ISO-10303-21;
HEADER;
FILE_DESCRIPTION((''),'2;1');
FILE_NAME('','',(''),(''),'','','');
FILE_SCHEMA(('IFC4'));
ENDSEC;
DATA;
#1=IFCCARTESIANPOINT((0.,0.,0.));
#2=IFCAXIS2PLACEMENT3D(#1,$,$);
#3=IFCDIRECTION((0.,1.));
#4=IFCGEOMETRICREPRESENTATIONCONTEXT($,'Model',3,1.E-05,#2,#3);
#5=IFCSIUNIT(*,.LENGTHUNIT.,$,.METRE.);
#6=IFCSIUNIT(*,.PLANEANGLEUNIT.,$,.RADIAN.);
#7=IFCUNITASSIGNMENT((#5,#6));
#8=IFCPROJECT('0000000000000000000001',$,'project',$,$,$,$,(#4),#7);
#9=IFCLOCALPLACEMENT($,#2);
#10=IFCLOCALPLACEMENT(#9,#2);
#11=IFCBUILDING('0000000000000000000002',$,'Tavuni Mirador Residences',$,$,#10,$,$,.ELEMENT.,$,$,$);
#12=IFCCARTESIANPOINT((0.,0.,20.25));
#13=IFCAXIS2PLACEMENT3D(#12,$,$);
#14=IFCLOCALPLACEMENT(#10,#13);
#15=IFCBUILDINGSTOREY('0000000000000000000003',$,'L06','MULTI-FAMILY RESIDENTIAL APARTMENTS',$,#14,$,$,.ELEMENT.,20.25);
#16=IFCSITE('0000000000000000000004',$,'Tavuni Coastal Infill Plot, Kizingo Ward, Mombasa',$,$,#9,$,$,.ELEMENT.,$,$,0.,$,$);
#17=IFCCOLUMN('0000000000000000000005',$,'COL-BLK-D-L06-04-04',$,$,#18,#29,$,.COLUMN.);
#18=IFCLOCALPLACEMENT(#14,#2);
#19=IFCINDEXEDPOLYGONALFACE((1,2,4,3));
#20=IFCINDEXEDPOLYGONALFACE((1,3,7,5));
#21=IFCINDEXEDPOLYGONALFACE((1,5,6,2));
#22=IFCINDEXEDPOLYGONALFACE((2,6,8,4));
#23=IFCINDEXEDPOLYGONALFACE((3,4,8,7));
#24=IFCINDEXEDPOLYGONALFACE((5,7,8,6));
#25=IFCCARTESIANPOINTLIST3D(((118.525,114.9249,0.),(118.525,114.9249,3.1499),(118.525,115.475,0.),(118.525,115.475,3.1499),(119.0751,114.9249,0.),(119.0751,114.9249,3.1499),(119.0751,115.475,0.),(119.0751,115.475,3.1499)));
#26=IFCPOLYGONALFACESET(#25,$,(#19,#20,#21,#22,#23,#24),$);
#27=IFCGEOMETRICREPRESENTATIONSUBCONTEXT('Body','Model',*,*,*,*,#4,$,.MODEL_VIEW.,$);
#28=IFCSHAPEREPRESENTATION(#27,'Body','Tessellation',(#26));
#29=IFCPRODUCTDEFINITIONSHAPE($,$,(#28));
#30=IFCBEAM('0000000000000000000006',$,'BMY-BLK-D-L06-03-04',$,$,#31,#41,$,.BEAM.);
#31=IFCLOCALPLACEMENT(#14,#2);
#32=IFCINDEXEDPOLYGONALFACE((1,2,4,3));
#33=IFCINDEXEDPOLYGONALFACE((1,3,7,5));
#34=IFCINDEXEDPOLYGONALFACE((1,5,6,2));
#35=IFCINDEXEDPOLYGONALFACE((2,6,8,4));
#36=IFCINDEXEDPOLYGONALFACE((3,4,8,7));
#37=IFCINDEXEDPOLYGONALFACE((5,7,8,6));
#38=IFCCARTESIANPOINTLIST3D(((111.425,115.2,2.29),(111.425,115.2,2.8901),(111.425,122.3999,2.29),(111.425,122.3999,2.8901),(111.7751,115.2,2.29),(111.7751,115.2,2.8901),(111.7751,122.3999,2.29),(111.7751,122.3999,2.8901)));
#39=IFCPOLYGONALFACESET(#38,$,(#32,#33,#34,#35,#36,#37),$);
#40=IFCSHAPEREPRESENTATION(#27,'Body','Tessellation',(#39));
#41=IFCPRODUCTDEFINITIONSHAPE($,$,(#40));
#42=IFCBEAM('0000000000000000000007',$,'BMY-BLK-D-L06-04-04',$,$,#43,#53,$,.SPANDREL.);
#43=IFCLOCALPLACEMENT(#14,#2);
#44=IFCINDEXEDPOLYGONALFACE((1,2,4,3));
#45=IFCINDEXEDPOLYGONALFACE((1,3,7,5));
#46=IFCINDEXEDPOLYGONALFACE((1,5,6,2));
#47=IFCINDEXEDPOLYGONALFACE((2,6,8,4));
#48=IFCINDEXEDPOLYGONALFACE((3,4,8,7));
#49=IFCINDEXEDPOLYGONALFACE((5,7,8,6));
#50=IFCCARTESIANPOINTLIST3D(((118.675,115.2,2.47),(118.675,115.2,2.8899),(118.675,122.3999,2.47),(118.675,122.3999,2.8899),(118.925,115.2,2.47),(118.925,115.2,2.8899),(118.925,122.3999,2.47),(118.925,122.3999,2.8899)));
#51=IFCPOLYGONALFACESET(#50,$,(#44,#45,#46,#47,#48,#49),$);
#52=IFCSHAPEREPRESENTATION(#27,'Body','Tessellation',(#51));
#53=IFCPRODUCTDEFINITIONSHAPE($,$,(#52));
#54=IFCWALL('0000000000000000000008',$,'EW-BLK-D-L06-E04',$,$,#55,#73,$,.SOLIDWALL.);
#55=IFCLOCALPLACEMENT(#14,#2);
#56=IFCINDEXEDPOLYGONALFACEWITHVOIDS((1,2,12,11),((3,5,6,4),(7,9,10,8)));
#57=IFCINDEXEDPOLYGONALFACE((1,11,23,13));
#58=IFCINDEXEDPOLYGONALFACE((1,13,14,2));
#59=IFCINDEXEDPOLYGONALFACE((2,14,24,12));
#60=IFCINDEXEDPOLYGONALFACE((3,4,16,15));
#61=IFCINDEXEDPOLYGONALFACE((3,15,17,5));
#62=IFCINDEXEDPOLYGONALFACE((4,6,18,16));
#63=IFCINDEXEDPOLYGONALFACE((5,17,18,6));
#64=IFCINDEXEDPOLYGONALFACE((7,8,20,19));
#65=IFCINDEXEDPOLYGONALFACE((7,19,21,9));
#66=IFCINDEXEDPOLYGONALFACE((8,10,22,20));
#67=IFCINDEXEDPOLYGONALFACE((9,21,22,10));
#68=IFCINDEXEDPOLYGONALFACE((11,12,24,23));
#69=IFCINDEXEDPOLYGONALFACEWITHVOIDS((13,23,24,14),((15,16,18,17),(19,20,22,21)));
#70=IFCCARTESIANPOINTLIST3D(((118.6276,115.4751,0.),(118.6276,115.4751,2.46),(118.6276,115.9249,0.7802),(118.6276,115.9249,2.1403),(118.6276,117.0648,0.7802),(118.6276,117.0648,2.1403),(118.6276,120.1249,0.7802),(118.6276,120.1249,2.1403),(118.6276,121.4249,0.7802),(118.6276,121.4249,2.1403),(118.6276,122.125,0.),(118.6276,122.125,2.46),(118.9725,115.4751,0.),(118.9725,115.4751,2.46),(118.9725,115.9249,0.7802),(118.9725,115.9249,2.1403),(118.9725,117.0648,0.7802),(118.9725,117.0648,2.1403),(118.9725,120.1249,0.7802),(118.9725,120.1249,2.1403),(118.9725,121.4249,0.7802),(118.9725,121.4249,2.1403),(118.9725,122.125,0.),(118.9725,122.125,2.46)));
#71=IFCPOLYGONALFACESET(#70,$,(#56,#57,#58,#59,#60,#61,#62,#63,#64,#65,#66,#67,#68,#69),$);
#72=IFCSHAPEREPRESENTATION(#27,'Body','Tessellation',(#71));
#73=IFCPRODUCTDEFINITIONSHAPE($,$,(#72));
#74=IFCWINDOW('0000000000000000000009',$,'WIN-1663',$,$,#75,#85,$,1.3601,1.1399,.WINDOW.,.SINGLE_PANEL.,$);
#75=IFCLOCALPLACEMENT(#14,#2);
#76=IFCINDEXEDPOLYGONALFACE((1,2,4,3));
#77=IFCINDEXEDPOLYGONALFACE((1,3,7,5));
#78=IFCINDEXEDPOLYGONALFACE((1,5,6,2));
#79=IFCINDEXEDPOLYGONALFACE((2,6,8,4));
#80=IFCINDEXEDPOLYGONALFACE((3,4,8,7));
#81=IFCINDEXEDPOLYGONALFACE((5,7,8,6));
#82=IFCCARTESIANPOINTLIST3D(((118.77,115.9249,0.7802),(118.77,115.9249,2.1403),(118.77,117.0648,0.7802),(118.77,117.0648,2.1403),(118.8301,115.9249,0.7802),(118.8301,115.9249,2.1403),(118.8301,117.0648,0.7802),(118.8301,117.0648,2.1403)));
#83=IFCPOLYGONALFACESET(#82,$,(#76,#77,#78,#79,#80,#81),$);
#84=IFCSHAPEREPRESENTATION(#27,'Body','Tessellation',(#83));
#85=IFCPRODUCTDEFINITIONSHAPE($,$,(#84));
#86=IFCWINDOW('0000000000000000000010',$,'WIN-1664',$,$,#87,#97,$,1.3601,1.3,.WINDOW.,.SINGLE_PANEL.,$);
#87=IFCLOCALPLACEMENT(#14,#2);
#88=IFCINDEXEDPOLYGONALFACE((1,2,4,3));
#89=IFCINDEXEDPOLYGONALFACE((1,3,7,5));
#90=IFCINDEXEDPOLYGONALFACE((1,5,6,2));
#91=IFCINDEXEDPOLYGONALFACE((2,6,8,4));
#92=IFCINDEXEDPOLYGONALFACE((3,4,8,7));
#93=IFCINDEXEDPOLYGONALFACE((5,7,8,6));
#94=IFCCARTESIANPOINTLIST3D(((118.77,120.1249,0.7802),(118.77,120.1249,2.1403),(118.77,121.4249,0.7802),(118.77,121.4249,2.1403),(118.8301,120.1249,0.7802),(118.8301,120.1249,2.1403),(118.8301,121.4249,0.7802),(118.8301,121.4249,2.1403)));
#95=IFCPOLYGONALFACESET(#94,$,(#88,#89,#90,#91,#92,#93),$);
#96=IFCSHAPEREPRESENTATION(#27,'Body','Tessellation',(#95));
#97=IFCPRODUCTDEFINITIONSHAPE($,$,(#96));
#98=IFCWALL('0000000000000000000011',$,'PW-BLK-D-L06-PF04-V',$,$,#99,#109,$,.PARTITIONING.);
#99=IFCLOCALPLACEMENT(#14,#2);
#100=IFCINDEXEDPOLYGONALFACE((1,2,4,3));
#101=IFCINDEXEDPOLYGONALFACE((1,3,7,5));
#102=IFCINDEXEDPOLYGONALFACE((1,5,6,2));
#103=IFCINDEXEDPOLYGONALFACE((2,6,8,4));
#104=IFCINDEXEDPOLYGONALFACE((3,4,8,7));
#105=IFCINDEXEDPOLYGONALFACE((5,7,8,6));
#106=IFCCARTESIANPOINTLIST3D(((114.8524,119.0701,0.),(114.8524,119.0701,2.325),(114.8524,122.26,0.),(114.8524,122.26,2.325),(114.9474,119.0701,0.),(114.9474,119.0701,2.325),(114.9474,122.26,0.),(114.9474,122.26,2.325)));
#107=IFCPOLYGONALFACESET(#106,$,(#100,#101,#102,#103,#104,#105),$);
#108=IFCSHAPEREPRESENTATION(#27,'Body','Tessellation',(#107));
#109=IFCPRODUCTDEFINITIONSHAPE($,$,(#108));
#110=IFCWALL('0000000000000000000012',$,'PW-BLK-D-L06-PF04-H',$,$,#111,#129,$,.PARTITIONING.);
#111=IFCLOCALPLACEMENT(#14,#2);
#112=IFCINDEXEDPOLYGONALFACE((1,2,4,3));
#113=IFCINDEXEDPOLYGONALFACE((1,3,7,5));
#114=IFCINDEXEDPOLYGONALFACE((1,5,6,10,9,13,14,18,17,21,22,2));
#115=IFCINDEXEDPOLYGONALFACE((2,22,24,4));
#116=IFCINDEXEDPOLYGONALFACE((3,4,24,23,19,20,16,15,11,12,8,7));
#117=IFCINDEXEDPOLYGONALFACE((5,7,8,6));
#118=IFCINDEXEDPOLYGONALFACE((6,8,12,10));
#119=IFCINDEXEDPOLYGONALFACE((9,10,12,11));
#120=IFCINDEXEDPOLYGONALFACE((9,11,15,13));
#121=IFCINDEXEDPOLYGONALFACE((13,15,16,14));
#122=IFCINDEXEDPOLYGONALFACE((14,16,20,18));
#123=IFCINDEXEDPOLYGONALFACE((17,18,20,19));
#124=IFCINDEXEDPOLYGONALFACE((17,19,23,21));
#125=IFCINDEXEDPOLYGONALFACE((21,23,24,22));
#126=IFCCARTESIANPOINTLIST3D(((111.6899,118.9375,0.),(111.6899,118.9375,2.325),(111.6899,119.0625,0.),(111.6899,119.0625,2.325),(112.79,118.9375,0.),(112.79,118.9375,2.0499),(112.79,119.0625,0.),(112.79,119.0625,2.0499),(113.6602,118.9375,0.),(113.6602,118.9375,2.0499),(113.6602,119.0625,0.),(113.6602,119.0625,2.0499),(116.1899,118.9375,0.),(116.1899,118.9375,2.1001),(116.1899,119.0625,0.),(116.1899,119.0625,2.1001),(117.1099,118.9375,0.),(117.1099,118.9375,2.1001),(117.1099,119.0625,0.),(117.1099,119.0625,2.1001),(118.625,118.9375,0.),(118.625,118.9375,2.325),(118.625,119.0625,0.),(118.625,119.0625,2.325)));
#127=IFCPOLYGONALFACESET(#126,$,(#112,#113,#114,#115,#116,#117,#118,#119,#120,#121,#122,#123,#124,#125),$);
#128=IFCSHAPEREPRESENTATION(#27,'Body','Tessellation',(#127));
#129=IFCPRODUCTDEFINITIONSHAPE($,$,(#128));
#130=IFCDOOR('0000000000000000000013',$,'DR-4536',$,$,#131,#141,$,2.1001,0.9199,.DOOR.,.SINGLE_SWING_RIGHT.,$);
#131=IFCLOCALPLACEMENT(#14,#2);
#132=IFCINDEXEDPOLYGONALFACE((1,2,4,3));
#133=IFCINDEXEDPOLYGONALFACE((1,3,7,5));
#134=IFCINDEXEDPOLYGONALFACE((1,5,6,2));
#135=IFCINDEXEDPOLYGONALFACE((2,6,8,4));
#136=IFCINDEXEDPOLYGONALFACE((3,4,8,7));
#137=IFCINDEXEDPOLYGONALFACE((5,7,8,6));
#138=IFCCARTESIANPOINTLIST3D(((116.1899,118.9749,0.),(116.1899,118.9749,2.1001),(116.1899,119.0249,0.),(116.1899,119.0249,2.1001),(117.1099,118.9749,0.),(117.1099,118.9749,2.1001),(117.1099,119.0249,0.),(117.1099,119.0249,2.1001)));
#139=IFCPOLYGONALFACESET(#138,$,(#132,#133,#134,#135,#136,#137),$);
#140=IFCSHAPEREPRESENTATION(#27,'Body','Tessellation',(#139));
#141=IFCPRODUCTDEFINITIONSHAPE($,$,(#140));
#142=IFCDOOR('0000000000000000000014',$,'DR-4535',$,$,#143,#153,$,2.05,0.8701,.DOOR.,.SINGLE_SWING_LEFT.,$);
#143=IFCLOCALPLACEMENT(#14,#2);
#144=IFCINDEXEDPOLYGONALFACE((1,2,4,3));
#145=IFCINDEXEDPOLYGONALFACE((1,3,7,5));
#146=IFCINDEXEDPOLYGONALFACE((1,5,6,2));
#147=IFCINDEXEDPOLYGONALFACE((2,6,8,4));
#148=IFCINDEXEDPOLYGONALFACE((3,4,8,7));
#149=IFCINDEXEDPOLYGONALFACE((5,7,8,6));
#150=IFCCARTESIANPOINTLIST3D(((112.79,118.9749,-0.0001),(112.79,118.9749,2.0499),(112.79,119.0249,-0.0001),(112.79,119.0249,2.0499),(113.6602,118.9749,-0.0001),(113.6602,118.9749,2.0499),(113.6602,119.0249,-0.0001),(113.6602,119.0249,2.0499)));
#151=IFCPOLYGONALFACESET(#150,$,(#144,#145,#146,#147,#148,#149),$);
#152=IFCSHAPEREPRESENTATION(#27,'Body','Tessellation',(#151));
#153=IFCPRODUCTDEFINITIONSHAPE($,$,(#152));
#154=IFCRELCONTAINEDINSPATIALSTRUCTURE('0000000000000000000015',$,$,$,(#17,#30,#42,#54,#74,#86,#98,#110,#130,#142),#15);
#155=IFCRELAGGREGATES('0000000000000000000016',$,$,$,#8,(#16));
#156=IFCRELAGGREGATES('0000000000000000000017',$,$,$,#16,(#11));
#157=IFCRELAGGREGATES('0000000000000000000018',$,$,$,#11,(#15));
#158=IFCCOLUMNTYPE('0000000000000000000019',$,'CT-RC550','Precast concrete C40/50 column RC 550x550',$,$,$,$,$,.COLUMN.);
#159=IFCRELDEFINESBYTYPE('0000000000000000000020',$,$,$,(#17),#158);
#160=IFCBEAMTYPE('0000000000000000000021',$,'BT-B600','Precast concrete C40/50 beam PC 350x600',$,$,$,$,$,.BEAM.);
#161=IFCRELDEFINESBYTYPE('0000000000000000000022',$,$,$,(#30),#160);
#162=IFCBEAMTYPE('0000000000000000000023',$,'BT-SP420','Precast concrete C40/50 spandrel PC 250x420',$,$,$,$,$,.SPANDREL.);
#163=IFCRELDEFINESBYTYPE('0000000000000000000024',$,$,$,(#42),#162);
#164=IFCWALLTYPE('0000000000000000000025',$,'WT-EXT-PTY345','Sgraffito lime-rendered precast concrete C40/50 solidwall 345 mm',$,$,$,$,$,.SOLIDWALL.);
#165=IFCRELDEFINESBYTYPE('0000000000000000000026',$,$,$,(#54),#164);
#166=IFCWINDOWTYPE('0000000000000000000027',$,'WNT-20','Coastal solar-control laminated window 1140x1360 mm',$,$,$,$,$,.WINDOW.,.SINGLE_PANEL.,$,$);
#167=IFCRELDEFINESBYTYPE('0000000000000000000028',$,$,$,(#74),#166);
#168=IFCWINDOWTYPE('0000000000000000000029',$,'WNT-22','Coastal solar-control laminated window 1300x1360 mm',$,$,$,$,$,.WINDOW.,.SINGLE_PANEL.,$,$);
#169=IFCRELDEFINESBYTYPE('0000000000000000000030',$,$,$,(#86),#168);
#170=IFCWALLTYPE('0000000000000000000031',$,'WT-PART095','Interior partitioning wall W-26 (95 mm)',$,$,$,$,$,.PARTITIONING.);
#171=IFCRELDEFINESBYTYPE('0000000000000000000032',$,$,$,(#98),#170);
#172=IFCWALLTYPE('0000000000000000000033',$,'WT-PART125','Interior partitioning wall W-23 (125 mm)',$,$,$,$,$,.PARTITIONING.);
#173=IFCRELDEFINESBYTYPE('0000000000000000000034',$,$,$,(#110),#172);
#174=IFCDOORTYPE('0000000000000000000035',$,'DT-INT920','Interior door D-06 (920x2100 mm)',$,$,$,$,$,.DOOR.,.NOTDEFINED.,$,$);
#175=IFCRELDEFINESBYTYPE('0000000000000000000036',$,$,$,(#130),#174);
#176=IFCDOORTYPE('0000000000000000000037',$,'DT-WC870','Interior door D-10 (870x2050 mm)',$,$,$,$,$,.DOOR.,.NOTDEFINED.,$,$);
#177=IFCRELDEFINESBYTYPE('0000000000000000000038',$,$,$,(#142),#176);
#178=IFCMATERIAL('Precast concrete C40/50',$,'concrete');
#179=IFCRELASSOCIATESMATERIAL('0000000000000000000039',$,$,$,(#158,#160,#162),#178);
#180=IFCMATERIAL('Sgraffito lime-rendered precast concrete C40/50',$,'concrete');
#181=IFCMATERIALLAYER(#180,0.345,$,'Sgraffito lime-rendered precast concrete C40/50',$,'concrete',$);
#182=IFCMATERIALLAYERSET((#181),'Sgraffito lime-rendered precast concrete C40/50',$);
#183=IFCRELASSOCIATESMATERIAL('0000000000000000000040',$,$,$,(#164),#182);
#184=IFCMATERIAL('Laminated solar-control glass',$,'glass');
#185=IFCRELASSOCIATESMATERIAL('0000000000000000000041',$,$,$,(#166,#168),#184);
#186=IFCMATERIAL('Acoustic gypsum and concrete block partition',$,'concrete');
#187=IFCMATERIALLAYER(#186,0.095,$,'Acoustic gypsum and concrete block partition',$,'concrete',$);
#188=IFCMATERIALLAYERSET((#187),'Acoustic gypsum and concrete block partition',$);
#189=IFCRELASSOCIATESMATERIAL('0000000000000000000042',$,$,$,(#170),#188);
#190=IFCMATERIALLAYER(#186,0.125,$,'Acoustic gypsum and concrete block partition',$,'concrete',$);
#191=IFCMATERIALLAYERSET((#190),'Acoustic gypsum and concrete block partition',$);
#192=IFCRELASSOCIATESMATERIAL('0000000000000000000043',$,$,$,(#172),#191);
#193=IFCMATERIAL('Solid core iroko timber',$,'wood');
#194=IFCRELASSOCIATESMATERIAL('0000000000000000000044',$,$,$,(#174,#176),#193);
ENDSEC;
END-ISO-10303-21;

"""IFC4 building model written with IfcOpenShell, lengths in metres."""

from ifc_helpers import new_model, si_unit, direction, frame, frame_2d, origin, origin_2d, place, context, subcontext, project, spatial, rectangle, extrude, material, layer, layer_set, material_profile, profile_set, type_object, element, fill, save


model = new_model("IFC4")

# Units and contexts
model_context = context("Model", 3, precision=1e-05, world=origin(), true_north=direction((0.0, 1.0)))
body_context = subcontext(model_context, "Body", "Model", "MODEL_VIEW")
ifc_project = project(units=[si_unit("LENGTHUNIT", "METRE"), si_unit("PLANEANGLEUNIT", "RADIAN")], contexts=[model_context])

# Site, building, storey
site_placement = place(None, origin())
site = spatial("IfcSite", under=ifc_project, at=site_placement, Name="Tavuni Coastal Infill Plot, Kizingo Ward, Mombasa", CompositionType="ELEMENT", RefElevation=0.0)
building_placement = place(site_placement, origin())
building = spatial("IfcBuilding", under=site, at=building_placement, Name="Tavuni Mirador Residences", CompositionType="ELEMENT")
storey_placement = place(building_placement, frame((0.0, 0.0, 20.25)))
storey = spatial("IfcBuildingStorey", under=building, at=storey_placement, Name="L06", Description="MULTI-FAMILY RESIDENTIAL APARTMENTS", CompositionType="ELEMENT", Elevation=20.25)

# Column
ifc_material_1 = material(Name="Precast concrete C40/50", Category="concrete")
ifc_material_profile_1 = material_profile(ifc_material_1, rectangle(XDim=0.55, YDim=0.55, at=origin_2d()), Name="RC 550x550", Category="concrete")
ifc_profile_set_1 = profile_set([ifc_material_profile_1], Name="Precast concrete C40/50")
column_type = type_object("IfcColumnType", Name="CT-RC550", Description="Precast concrete C40/50 column RC 550x550", PredefinedType="COLUMN", material=ifc_profile_set_1)
column_placement = place(storey_placement, frame((118.8, 115.2, 0.0), z_axis=(0.0, 0.0, 1.0), x_axis=(1.0, 0.0, 0.0)))
element("IfcColumn", 1, at=column_placement, inside=storey, type_object=column_type, Name="COL-BLK-D-L06-04-04", PredefinedType="COLUMN", context=body_context, shape_type="SweptSolid", body=[
    extrude(rectangle(XDim=0.55, YDim=0.55, at=origin_2d()), origin(), (0.0, 0.0, 1.0), 3.1499),
])

# Beams
ifc_material_profile_2 = material_profile(ifc_material_1, rectangle(XDim=0.3501, YDim=0.6001, at=origin_2d()), Name="PC 350x600", Category="concrete")
ifc_profile_set_2 = profile_set([ifc_material_profile_2], Name="Precast concrete C40/50")
beam_type_1 = type_object("IfcBeamType", Name="BT-B600", Description="Precast concrete C40/50 beam PC 350x600", PredefinedType="BEAM", material=ifc_profile_set_2)
beam_1_placement = place(storey_placement, frame((111.6001, 115.2, 2.5901), z_axis=(0.0, 1.0, 0.0), x_axis=(-1.0, 0.0, 0.0)))
element("IfcBeam", 2, at=beam_1_placement, inside=storey, type_object=beam_type_1, Name="BMY-BLK-D-L06-03-04", PredefinedType="BEAM", context=body_context, shape_type="SweptSolid", body=[
    extrude(rectangle(XDim=0.3501, YDim=0.6001, at=origin_2d()), origin(), (0.0, 0.0, 1.0), 7.2),
])
ifc_material_profile_3 = material_profile(ifc_material_1, rectangle(XDim=0.25, YDim=0.4199, at=origin_2d()), Name="PC 250x420", Category="concrete")
ifc_profile_set_3 = profile_set([ifc_material_profile_3], Name="Precast concrete C40/50")
beam_type_2 = type_object("IfcBeamType", Name="BT-SP420", Description="Precast concrete C40/50 spandrel PC 250x420", PredefinedType="SPANDREL", material=ifc_profile_set_3)
beam_2_placement = place(storey_placement, frame((118.8, 115.2, 2.6799), z_axis=(0.0, 1.0, 0.0), x_axis=(-1.0, 0.0, 0.0)))
element("IfcBeam", 3, at=beam_2_placement, inside=storey, type_object=beam_type_2, Name="BMY-BLK-D-L06-04-04", PredefinedType="SPANDREL", context=body_context, shape_type="SweptSolid", body=[
    extrude(rectangle(XDim=0.25, YDim=0.4199, at=origin_2d()), origin(), (0.0, 0.0, 1.0), 7.2),
])

# Shared definitions
ifc_material_2 = material(Name="Solid core iroko timber", Category="wood")

# Wall, openings, windows
ifc_material_3 = material(Name="Sgraffito lime-rendered precast concrete C40/50", Category="concrete")
ifc_layer_1 = layer(ifc_material_3, 0.345, Name="Sgraffito lime-rendered precast concrete C40/50", Category="concrete")
ifc_layer_set_1 = layer_set([ifc_layer_1], Name="Sgraffito lime-rendered precast concrete C40/50")
wall_type_1 = type_object("IfcWallType", Name="WT-EXT-PTY345", Description="Sgraffito lime-rendered precast concrete C40/50 solidwall 345 mm", PredefinedType="SOLIDWALL", material=ifc_layer_set_1)
wall_1_placement = place(storey_placement, frame((118.8, 115.4751, 0.0), z_axis=(0.0, 0.0, 1.0), x_axis=(0.0, 1.0, 0.0)))
wall_1 = element("IfcWall", 4, at=wall_1_placement, inside=storey, type_object=wall_type_1, Name="EW-BLK-D-L06-E04", PredefinedType="SOLIDWALL", context=body_context, shape_type="SweptSolid", body=[
    extrude(rectangle(XDim=6.6499, YDim=0.345, at=frame_2d((3.325, 0.0))), origin(), (0.0, 0.0, 1.0), 2.46),
])
opening_1_placement = place(wall_1_placement, frame((0.45, 0.0, 0.78)))
opening_1 = element("IfcOpeningElement", 5, at=opening_1_placement, cuts=wall_1, PredefinedType="OPENING", context=body_context, shape_type="SweptSolid", body=[
    extrude(rectangle(XDim=1.1399, YDim=1.3601, at=frame_2d((0.5698, 0.6802))), frame((0.0, 0.1826, 0.0), z_axis=(0.0, -1.0, 0.0), x_axis=(1.0, 0.0, 0.0)), (0.0, 0.0, 1.0), 0.365),
])
opening_2_placement = place(wall_1_placement, frame((4.6499, 0.0, 0.78)))
opening_2 = element("IfcOpeningElement", 6, at=opening_2_placement, cuts=wall_1, PredefinedType="OPENING", context=body_context, shape_type="SweptSolid", body=[
    extrude(rectangle(XDim=1.3, YDim=1.3601, at=frame_2d((0.6499, 0.6802))), frame((0.0, 0.1826, 0.0), z_axis=(0.0, -1.0, 0.0), x_axis=(1.0, 0.0, 0.0)), (0.0, 0.0, 1.0), 0.365),
])
ifc_material_4 = material(Name="Laminated solar-control glass", Category="glass")
window_type_1 = type_object("IfcWindowType", Name="WNT-20", Description="Coastal solar-control laminated window 1140x1360 mm", PartitioningType="SINGLE_PANEL", PredefinedType="WINDOW", material=ifc_material_4)
window_1_placement = place(opening_1_placement, origin())
window_1 = element("IfcWindow", 7, at=window_1_placement, inside=storey, type_object=window_type_1, Name="WIN-1663", OverallHeight=1.3601, OverallWidth=1.1399, PartitioningType="SINGLE_PANEL", PredefinedType="WINDOW", context=body_context, shape_type="SweptSolid", body=[
    extrude(rectangle(XDim=1.1399, YDim=1.3601, at=frame_2d((0.5698, 0.6802))), frame((0.0, 0.03, 0.0), z_axis=(0.0, -1.0, 0.0), x_axis=(1.0, 0.0, 0.0)), (0.0, 0.0, 1.0), 0.0601),
])
fill(opening_1, window_1)
window_type_2 = type_object("IfcWindowType", Name="WNT-22", Description="Coastal solar-control laminated window 1300x1360 mm", PartitioningType="SINGLE_PANEL", PredefinedType="WINDOW", material=ifc_material_4)
window_2_placement = place(opening_2_placement, origin())
window_2 = element("IfcWindow", 8, at=window_2_placement, inside=storey, type_object=window_type_2, Name="WIN-1664", OverallHeight=1.3601, OverallWidth=1.3, PartitioningType="SINGLE_PANEL", PredefinedType="WINDOW", context=body_context, shape_type="SweptSolid", body=[
    extrude(rectangle(XDim=1.3, YDim=1.3601, at=frame_2d((0.6499, 0.6802))), frame((0.0, 0.03, 0.0), z_axis=(0.0, -1.0, 0.0), x_axis=(1.0, 0.0, 0.0)), (0.0, 0.0, 1.0), 0.0601),
])
fill(opening_2, window_2)

# Wall
ifc_material_5 = material(Name="Acoustic gypsum and concrete block partition", Category="concrete")
ifc_layer_2 = layer(ifc_material_5, 0.095, Name="Acoustic gypsum and concrete block partition", Category="concrete")
ifc_layer_set_2 = layer_set([ifc_layer_2], Name="Acoustic gypsum and concrete block partition")
wall_type_2 = type_object("IfcWallType", Name="WT-PART095", Description="Interior partitioning wall W-26 (95 mm)", PredefinedType="PARTITIONING", material=ifc_layer_set_2)
wall_2_placement = place(storey_placement, frame((114.8999, 119.0701, 0.0), z_axis=(0.0, 0.0, 1.0), x_axis=(0.0, 1.0, 0.0)))
element("IfcWall", 9, at=wall_2_placement, inside=storey, type_object=wall_type_2, Name="PW-BLK-D-L06-PF04-V", PredefinedType="PARTITIONING", context=body_context, shape_type="SweptSolid", body=[
    extrude(rectangle(XDim=3.1899, YDim=0.095, at=frame_2d((1.595, 0.0))), origin(), (0.0, 0.0, 1.0), 2.325),
])

# Wall, openings, doors
ifc_layer_3 = layer(ifc_material_5, 0.125, Name="Acoustic gypsum and concrete block partition", Category="concrete")
ifc_layer_set_3 = layer_set([ifc_layer_3], Name="Acoustic gypsum and concrete block partition")
wall_type_3 = type_object("IfcWallType", Name="WT-PART125", Description="Interior partitioning wall W-23 (125 mm)", PredefinedType="PARTITIONING", material=ifc_layer_set_3)
wall_3_placement = place(storey_placement, frame((111.6899, 119.0, 0.0), z_axis=(0.0, 0.0, 1.0), x_axis=(1.0, 0.0, 0.0)))
wall_3 = element("IfcWall", 10, at=wall_3_placement, inside=storey, type_object=wall_type_3, Name="PW-BLK-D-L06-PF04-H", PredefinedType="PARTITIONING", context=body_context, shape_type="SweptSolid", body=[
    extrude(rectangle(XDim=6.9351, YDim=0.125, at=frame_2d((3.4675, 0.0))), origin(), (0.0, 0.0, 1.0), 2.325),
])
opening_3_placement = place(wall_3_placement, frame((1.1001, 0.0, 0.0)))
opening_3 = element("IfcOpeningElement", 11, at=opening_3_placement, cuts=wall_3, PredefinedType="OPENING", context=body_context, shape_type="SweptSolid", body=[
    extrude(rectangle(XDim=0.8701, YDim=2.05, at=frame_2d((0.4351, 1.0249))), frame((0.0, 0.0725, 0.0), z_axis=(0.0, -1.0, 0.0), x_axis=(1.0, 0.0, 0.0)), (0.0, 0.0, 1.0), 0.145),
])
opening_4_placement = place(wall_3_placement, frame((4.5, 0.0, 0.0)))
opening_4 = element("IfcOpeningElement", 12, at=opening_4_placement, cuts=wall_3, PredefinedType="OPENING", context=body_context, shape_type="SweptSolid", body=[
    extrude(rectangle(XDim=0.9199, YDim=2.1001, at=frame_2d((0.46, 1.05))), frame((0.0, 0.0725, 0.0), z_axis=(0.0, -1.0, 0.0), x_axis=(1.0, 0.0, 0.0)), (0.0, 0.0, 1.0), 0.145),
])
door_type_1 = type_object("IfcDoorType", Name="DT-INT920", Description="Interior door D-06 (920x2100 mm)", OperationType="NOTDEFINED", PredefinedType="DOOR", material=ifc_material_2)
door_1_placement = place(opening_4_placement, origin())
door_1 = element("IfcDoor", 13, at=door_1_placement, inside=storey, type_object=door_type_1, Name="DR-4536", OperationType="SINGLE_SWING_RIGHT", OverallHeight=2.1001, OverallWidth=0.9199, PredefinedType="DOOR", context=body_context, shape_type="SweptSolid", body=[
    extrude(rectangle(XDim=0.9199, YDim=2.1001, at=frame_2d((0.46, 1.05))), frame((0.0, 0.0249, 0.0), z_axis=(0.0, -1.0, 0.0), x_axis=(1.0, 0.0, 0.0)), (0.0, 0.0, 1.0), 0.05),
])
fill(opening_4, door_1)
door_type_2 = type_object("IfcDoorType", Name="DT-WC870", Description="Interior door D-10 (870x2050 mm)", OperationType="NOTDEFINED", PredefinedType="DOOR", material=ifc_material_2)
door_2_placement = place(opening_3_placement, origin())
door_2 = element("IfcDoor", 14, at=door_2_placement, inside=storey, type_object=door_type_2, Name="DR-4535", OperationType="SINGLE_SWING_LEFT", OverallHeight=2.05, OverallWidth=0.8701, PredefinedType="DOOR", context=body_context, shape_type="SweptSolid", body=[
    extrude(rectangle(XDim=0.8701, YDim=2.05, at=frame_2d((0.4351, 1.0249))), frame((0.0, 0.0249, 0.0), z_axis=(0.0, -1.0, 0.0), x_axis=(1.0, 0.0, 0.0)), (0.0, 0.0, 1.0), 0.05),
])
fill(opening_3, door_2)

save(model, "model.ifc")
